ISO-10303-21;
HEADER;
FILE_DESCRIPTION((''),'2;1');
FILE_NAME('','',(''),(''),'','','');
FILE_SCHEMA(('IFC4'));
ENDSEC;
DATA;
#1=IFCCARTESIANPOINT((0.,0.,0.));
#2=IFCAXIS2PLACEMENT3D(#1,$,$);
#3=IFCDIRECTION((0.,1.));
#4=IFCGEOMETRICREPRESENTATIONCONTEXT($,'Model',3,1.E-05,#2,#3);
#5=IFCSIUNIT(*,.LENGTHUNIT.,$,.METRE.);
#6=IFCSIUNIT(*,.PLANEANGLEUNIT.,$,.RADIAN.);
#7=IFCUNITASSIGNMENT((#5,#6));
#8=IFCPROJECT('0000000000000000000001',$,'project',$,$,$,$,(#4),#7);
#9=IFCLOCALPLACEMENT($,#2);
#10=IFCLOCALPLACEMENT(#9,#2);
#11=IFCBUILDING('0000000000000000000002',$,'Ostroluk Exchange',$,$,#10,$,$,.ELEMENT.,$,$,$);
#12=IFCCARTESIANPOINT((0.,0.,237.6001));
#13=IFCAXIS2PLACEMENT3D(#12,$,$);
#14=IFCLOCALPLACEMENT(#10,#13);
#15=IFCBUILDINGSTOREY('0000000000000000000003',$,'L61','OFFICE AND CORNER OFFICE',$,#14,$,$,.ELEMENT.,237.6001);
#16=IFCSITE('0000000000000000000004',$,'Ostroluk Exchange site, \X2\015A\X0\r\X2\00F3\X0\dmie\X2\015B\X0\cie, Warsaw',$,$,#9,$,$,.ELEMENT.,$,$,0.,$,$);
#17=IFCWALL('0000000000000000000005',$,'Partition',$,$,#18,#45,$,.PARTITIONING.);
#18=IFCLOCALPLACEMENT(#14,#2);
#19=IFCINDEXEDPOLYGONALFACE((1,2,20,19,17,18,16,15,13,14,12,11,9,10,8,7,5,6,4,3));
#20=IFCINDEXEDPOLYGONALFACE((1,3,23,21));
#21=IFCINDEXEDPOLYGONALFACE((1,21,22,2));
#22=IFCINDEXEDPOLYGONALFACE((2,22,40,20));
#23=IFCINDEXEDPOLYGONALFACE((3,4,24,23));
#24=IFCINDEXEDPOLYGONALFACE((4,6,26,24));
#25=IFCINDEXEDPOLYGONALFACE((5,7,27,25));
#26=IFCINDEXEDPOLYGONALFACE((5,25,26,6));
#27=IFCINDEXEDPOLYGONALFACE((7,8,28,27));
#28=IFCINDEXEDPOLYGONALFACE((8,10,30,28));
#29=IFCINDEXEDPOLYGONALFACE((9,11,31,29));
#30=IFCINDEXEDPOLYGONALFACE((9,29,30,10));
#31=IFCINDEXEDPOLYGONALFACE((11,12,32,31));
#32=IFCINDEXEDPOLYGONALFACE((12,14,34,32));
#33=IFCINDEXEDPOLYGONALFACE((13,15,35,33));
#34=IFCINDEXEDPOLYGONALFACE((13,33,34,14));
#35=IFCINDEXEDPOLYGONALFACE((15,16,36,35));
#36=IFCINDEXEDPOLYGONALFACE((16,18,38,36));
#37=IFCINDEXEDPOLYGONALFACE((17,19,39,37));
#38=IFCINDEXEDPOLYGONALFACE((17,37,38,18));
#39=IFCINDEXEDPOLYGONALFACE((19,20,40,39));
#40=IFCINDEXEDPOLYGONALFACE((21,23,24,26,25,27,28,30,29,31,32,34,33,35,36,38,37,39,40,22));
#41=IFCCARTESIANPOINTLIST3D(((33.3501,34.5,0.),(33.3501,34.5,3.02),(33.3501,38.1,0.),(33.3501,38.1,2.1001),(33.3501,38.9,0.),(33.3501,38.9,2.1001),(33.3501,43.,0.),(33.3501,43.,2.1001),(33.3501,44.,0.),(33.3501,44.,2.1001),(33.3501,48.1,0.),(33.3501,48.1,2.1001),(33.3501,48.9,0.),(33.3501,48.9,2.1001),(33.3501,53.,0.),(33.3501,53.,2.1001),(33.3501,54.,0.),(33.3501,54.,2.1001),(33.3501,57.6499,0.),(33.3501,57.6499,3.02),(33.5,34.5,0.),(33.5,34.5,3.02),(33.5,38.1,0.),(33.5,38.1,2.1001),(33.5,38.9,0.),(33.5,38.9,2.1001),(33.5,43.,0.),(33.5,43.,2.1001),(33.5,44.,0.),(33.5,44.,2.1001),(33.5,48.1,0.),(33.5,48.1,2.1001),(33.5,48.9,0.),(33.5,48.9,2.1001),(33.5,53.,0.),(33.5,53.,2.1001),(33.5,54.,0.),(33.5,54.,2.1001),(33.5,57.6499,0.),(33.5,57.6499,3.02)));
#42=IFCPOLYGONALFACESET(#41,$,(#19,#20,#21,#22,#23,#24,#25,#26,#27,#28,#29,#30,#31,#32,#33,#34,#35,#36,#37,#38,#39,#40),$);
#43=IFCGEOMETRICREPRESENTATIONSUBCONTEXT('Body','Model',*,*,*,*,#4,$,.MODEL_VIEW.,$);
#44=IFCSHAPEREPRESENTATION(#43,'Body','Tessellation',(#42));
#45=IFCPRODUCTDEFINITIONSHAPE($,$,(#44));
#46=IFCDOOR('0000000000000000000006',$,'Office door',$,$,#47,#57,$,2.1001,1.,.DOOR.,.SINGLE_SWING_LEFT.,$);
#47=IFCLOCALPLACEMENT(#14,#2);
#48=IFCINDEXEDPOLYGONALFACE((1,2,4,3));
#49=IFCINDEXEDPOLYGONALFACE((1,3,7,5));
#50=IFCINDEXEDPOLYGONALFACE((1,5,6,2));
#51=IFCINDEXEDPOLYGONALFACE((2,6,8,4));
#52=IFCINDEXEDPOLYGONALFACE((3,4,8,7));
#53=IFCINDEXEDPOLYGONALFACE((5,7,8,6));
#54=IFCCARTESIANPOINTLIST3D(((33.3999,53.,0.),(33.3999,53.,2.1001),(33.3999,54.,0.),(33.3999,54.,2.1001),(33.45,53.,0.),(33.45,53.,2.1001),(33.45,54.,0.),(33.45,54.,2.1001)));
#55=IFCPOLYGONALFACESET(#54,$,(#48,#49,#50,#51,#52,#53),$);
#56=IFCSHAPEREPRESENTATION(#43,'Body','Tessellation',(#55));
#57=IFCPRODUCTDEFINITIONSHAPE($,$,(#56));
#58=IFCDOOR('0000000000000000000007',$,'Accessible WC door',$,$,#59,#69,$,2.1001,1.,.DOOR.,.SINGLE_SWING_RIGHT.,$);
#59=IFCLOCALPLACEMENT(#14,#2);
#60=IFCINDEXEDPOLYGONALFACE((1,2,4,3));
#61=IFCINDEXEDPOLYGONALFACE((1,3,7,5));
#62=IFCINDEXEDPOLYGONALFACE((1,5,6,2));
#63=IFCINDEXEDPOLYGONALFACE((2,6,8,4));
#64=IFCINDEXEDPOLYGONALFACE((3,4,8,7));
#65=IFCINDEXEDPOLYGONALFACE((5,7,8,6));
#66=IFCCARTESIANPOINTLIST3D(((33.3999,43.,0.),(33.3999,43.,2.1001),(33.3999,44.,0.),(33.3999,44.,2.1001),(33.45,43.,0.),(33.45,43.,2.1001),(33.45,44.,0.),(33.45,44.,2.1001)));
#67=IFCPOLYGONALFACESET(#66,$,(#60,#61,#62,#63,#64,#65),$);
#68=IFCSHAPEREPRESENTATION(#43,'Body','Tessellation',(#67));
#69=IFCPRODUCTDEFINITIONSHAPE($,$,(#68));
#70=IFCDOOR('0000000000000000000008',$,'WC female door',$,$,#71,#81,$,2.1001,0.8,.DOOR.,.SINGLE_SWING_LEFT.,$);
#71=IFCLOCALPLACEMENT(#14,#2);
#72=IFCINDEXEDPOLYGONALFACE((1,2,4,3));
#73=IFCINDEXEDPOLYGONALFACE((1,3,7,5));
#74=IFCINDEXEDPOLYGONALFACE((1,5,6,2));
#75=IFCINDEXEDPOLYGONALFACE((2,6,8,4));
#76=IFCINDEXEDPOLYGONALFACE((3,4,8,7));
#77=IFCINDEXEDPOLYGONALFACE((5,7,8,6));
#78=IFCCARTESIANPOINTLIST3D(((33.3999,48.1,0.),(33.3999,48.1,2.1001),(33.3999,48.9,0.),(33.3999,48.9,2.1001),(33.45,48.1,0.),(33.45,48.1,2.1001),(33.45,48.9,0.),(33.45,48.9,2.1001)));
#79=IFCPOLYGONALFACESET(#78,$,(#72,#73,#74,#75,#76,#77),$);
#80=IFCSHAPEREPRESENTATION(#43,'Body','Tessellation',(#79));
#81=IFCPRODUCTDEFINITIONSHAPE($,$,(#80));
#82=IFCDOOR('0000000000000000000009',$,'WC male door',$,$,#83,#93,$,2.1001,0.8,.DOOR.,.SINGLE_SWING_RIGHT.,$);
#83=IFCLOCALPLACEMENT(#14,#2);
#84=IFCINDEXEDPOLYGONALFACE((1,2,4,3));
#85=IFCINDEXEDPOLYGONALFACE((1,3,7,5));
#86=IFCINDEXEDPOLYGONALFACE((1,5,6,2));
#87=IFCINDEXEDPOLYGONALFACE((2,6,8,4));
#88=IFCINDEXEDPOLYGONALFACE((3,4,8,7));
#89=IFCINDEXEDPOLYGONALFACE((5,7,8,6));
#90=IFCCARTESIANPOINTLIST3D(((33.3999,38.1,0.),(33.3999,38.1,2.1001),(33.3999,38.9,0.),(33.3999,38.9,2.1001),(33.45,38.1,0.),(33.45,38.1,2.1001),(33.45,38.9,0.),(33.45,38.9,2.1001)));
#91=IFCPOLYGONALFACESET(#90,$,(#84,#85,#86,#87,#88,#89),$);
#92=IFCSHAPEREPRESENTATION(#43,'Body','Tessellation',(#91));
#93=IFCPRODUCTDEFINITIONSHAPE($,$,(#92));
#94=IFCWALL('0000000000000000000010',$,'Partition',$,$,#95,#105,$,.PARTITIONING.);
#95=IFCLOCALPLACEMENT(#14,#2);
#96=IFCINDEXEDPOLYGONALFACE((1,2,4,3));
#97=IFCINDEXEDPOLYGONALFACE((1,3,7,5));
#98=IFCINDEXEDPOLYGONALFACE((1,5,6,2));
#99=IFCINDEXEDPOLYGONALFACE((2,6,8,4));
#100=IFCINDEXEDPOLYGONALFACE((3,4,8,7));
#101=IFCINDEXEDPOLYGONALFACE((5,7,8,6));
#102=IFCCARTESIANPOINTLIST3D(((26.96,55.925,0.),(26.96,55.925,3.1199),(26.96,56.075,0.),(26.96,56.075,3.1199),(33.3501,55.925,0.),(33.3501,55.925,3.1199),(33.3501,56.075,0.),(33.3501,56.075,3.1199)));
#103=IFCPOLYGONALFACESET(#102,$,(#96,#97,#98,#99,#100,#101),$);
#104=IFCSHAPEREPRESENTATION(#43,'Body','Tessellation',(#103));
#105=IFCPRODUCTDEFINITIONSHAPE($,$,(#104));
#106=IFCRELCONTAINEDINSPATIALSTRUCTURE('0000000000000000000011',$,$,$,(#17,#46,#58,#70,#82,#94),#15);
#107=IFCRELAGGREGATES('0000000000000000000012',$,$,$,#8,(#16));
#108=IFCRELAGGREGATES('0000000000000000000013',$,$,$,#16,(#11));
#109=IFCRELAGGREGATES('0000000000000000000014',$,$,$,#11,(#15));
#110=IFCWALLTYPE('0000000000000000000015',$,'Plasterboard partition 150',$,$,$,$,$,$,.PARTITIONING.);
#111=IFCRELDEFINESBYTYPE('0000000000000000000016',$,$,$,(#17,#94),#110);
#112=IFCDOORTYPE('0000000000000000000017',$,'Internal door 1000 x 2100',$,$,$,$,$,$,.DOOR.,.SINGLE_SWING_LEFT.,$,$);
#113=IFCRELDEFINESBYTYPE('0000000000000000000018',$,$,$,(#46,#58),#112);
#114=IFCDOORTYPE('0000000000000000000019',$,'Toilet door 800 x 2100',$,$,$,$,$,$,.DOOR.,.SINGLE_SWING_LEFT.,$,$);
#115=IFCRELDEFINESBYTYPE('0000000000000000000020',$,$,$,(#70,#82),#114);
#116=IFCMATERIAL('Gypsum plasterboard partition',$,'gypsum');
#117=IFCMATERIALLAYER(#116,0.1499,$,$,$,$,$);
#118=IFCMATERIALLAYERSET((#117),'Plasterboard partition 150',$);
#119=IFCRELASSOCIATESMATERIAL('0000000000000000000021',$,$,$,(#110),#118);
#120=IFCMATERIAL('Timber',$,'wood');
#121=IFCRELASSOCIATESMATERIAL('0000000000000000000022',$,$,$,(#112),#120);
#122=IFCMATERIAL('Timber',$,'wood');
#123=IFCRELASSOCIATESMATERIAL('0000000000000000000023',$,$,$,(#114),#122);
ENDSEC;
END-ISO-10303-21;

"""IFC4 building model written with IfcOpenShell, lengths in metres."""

from ifc_helpers import new_model, si_unit, direction, frame, frame_2d, origin, place, context, subcontext, project, spatial, rectangle, extrude, material, layer, layer_set, type_object, element, fill, save


model = new_model("IFC4")

# Units and contexts
model_context = context("Model", 3, precision=1e-05, world=origin(), true_north=direction((0.0, 1.0)))
body_context = subcontext(model_context, "Body", "Model", "MODEL_VIEW")
ifc_project = project(units=[si_unit("LENGTHUNIT", "METRE"), si_unit("PLANEANGLEUNIT", "RADIAN")], contexts=[model_context])

# Site, building, storey
site_placement = place(None, origin())
site = spatial("IfcSite", under=ifc_project, at=site_placement, Name="Ostroluk Exchange site, Śródmieście, Warsaw", CompositionType="ELEMENT", RefElevation=0.0)
building_placement = place(site_placement, origin())
building = spatial("IfcBuilding", under=site, at=building_placement, Name="Ostroluk Exchange", CompositionType="ELEMENT")
storey_placement = place(building_placement, frame((0.0, 0.0, 237.6001)))
storey = spatial("IfcBuildingStorey", under=building, at=storey_placement, Name="L61", Description="OFFICE AND CORNER OFFICE", CompositionType="ELEMENT", Elevation=237.6001)

# Shared definitions
ifc_material_1 = material(Name="Gypsum plasterboard partition", Category="gypsum")
ifc_layer_1 = layer(ifc_material_1, 0.1499)
ifc_layer_set_1 = layer_set([ifc_layer_1], Name="Plasterboard partition 150")
wall_type = type_object("IfcWallType", Name="Plasterboard partition 150", PredefinedType="PARTITIONING", material=ifc_layer_set_1)

# Wall, openings, doors
wall_1_placement = place(storey_placement, frame((33.425, 57.6499, 0.0), z_axis=(0.0, 0.0, 1.0), x_axis=(0.0, -1.0, 0.0)))
wall_1 = element("IfcWall", 1, at=wall_1_placement, inside=storey, type_object=wall_type, Name="Partition", PredefinedType="PARTITIONING", context=body_context, shape_type="SweptSolid", body=[
    extrude(rectangle(XDim=23.1499, YDim=0.1499, at=frame_2d((11.575, 0.0))), origin(), (0.0, 0.0, 1.0), 3.02),
])
opening_1_placement = place(wall_1_placement, frame((3.6499, 0.0, 0.0)))
opening_1 = element("IfcOpeningElement", 2, at=opening_1_placement, cuts=wall_1, PredefinedType="OPENING", context=body_context, shape_type="SweptSolid", body=[
    extrude(rectangle(XDim=1.0, YDim=2.1001, at=frame_2d((0.5, 1.05))), frame((0.0, 0.085, 0.0), z_axis=(0.0, -1.0, 0.0), x_axis=(1.0, 0.0, 0.0)), (0.0, 0.0, 1.0), 0.1699),
])
opening_2_placement = place(wall_1_placement, frame((8.75, 0.0, 0.0)))
opening_2 = element("IfcOpeningElement", 3, at=opening_2_placement, cuts=wall_1, PredefinedType="OPENING", context=body_context, shape_type="SweptSolid", body=[
    extrude(rectangle(XDim=0.8, YDim=2.1001, at=frame_2d((0.3999, 1.05))), frame((0.0, 0.085, 0.0), z_axis=(0.0, -1.0, 0.0), x_axis=(1.0, 0.0, 0.0)), (0.0, 0.0, 1.0), 0.1699),
])
opening_3_placement = place(wall_1_placement, frame((13.6499, 0.0, 0.0)))
opening_3 = element("IfcOpeningElement", 4, at=opening_3_placement, cuts=wall_1, PredefinedType="OPENING", context=body_context, shape_type="SweptSolid", body=[
    extrude(rectangle(XDim=1.0, YDim=2.1001, at=frame_2d((0.5, 1.05))), frame((0.0, 0.085, 0.0), z_axis=(0.0, -1.0, 0.0), x_axis=(1.0, 0.0, 0.0)), (0.0, 0.0, 1.0), 0.1699),
])
opening_4_placement = place(wall_1_placement, frame((18.75, 0.0, 0.0)))
opening_4 = element("IfcOpeningElement", 5, at=opening_4_placement, cuts=wall_1, PredefinedType="OPENING", context=body_context, shape_type="SweptSolid", body=[
    extrude(rectangle(XDim=0.8, YDim=2.1001, at=frame_2d((0.3999, 1.05))), frame((0.0, 0.085, 0.0), z_axis=(0.0, -1.0, 0.0), x_axis=(1.0, 0.0, 0.0)), (0.0, 0.0, 1.0), 0.1699),
])
ifc_material_2 = material(Name="Timber", Category="wood")
door_type_1 = type_object("IfcDoorType", Name="Internal door 1000 x 2100", OperationType="SINGLE_SWING_LEFT", PredefinedType="DOOR", material=ifc_material_2)
door_1_placement = place(opening_1_placement, origin())
door_1 = element("IfcDoor", 6, at=door_1_placement, inside=storey, type_object=door_type_1, Name="Office door", OperationType="SINGLE_SWING_LEFT", OverallHeight=2.1001, OverallWidth=1.0, PredefinedType="DOOR", context=body_context, shape_type="SweptSolid", body=[
    extrude(rectangle(XDim=1.0, YDim=2.1001, at=frame_2d((0.5, 1.05))), frame((0.0, 0.0249, 0.0), z_axis=(0.0, -1.0, 0.0), x_axis=(1.0, 0.0, 0.0)), (0.0, 0.0, 1.0), 0.05),
])
fill(opening_1, door_1)
door_2_placement = place(opening_3_placement, origin())
door_2 = element("IfcDoor", 7, at=door_2_placement, inside=storey, type_object=door_type_1, Name="Accessible WC door", OperationType="SINGLE_SWING_RIGHT", OverallHeight=2.1001, OverallWidth=1.0, PredefinedType="DOOR", context=body_context, shape_type="SweptSolid", body=[
    extrude(rectangle(XDim=1.0, YDim=2.1001, at=frame_2d((0.5, 1.05))), frame((0.0, 0.0249, 0.0), z_axis=(0.0, -1.0, 0.0), x_axis=(1.0, 0.0, 0.0)), (0.0, 0.0, 1.0), 0.05),
])
fill(opening_3, door_2)
ifc_material_3 = material(Name="Timber", Category="wood")
door_type_2 = type_object("IfcDoorType", Name="Toilet door 800 x 2100", OperationType="SINGLE_SWING_LEFT", PredefinedType="DOOR", material=ifc_material_3)
door_3_placement = place(opening_2_placement, origin())
door_3 = element("IfcDoor", 8, at=door_3_placement, inside=storey, type_object=door_type_2, Name="WC female door", OperationType="SINGLE_SWING_LEFT", OverallHeight=2.1001, OverallWidth=0.8, PredefinedType="DOOR", context=body_context, shape_type="SweptSolid", body=[
    extrude(rectangle(XDim=0.8, YDim=2.1001, at=frame_2d((0.3999, 1.05))), frame((0.0, 0.0249, 0.0), z_axis=(0.0, -1.0, 0.0), x_axis=(1.0, 0.0, 0.0)), (0.0, 0.0, 1.0), 0.05),
])
fill(opening_2, door_3)
door_4_placement = place(opening_4_placement, origin())
door_4 = element("IfcDoor", 9, at=door_4_placement, inside=storey, type_object=door_type_2, Name="WC male door", OperationType="SINGLE_SWING_RIGHT", OverallHeight=2.1001, OverallWidth=0.8, PredefinedType="DOOR", context=body_context, shape_type="SweptSolid", body=[
    extrude(rectangle(XDim=0.8, YDim=2.1001, at=frame_2d((0.3999, 1.05))), frame((0.0, 0.0249, 0.0), z_axis=(0.0, -1.0, 0.0), x_axis=(1.0, 0.0, 0.0)), (0.0, 0.0, 1.0), 0.05),
])
fill(opening_4, door_4)

# Wall
wall_2_placement = place(storey_placement, frame((33.3501, 56.0, 0.0), z_axis=(0.0, 0.0, 1.0), x_axis=(-1.0, 0.0, 0.0)))
element("IfcWall", 10, at=wall_2_placement, inside=storey, type_object=wall_type, Name="Partition", PredefinedType="PARTITIONING", context=body_context, shape_type="SweptSolid", body=[
    extrude(rectangle(XDim=6.3901, YDim=0.1499, at=frame_2d((3.1951, 0.0))), origin(), (0.0, 0.0, 1.0), 3.1199),
])

save(model, "model.ifc")
